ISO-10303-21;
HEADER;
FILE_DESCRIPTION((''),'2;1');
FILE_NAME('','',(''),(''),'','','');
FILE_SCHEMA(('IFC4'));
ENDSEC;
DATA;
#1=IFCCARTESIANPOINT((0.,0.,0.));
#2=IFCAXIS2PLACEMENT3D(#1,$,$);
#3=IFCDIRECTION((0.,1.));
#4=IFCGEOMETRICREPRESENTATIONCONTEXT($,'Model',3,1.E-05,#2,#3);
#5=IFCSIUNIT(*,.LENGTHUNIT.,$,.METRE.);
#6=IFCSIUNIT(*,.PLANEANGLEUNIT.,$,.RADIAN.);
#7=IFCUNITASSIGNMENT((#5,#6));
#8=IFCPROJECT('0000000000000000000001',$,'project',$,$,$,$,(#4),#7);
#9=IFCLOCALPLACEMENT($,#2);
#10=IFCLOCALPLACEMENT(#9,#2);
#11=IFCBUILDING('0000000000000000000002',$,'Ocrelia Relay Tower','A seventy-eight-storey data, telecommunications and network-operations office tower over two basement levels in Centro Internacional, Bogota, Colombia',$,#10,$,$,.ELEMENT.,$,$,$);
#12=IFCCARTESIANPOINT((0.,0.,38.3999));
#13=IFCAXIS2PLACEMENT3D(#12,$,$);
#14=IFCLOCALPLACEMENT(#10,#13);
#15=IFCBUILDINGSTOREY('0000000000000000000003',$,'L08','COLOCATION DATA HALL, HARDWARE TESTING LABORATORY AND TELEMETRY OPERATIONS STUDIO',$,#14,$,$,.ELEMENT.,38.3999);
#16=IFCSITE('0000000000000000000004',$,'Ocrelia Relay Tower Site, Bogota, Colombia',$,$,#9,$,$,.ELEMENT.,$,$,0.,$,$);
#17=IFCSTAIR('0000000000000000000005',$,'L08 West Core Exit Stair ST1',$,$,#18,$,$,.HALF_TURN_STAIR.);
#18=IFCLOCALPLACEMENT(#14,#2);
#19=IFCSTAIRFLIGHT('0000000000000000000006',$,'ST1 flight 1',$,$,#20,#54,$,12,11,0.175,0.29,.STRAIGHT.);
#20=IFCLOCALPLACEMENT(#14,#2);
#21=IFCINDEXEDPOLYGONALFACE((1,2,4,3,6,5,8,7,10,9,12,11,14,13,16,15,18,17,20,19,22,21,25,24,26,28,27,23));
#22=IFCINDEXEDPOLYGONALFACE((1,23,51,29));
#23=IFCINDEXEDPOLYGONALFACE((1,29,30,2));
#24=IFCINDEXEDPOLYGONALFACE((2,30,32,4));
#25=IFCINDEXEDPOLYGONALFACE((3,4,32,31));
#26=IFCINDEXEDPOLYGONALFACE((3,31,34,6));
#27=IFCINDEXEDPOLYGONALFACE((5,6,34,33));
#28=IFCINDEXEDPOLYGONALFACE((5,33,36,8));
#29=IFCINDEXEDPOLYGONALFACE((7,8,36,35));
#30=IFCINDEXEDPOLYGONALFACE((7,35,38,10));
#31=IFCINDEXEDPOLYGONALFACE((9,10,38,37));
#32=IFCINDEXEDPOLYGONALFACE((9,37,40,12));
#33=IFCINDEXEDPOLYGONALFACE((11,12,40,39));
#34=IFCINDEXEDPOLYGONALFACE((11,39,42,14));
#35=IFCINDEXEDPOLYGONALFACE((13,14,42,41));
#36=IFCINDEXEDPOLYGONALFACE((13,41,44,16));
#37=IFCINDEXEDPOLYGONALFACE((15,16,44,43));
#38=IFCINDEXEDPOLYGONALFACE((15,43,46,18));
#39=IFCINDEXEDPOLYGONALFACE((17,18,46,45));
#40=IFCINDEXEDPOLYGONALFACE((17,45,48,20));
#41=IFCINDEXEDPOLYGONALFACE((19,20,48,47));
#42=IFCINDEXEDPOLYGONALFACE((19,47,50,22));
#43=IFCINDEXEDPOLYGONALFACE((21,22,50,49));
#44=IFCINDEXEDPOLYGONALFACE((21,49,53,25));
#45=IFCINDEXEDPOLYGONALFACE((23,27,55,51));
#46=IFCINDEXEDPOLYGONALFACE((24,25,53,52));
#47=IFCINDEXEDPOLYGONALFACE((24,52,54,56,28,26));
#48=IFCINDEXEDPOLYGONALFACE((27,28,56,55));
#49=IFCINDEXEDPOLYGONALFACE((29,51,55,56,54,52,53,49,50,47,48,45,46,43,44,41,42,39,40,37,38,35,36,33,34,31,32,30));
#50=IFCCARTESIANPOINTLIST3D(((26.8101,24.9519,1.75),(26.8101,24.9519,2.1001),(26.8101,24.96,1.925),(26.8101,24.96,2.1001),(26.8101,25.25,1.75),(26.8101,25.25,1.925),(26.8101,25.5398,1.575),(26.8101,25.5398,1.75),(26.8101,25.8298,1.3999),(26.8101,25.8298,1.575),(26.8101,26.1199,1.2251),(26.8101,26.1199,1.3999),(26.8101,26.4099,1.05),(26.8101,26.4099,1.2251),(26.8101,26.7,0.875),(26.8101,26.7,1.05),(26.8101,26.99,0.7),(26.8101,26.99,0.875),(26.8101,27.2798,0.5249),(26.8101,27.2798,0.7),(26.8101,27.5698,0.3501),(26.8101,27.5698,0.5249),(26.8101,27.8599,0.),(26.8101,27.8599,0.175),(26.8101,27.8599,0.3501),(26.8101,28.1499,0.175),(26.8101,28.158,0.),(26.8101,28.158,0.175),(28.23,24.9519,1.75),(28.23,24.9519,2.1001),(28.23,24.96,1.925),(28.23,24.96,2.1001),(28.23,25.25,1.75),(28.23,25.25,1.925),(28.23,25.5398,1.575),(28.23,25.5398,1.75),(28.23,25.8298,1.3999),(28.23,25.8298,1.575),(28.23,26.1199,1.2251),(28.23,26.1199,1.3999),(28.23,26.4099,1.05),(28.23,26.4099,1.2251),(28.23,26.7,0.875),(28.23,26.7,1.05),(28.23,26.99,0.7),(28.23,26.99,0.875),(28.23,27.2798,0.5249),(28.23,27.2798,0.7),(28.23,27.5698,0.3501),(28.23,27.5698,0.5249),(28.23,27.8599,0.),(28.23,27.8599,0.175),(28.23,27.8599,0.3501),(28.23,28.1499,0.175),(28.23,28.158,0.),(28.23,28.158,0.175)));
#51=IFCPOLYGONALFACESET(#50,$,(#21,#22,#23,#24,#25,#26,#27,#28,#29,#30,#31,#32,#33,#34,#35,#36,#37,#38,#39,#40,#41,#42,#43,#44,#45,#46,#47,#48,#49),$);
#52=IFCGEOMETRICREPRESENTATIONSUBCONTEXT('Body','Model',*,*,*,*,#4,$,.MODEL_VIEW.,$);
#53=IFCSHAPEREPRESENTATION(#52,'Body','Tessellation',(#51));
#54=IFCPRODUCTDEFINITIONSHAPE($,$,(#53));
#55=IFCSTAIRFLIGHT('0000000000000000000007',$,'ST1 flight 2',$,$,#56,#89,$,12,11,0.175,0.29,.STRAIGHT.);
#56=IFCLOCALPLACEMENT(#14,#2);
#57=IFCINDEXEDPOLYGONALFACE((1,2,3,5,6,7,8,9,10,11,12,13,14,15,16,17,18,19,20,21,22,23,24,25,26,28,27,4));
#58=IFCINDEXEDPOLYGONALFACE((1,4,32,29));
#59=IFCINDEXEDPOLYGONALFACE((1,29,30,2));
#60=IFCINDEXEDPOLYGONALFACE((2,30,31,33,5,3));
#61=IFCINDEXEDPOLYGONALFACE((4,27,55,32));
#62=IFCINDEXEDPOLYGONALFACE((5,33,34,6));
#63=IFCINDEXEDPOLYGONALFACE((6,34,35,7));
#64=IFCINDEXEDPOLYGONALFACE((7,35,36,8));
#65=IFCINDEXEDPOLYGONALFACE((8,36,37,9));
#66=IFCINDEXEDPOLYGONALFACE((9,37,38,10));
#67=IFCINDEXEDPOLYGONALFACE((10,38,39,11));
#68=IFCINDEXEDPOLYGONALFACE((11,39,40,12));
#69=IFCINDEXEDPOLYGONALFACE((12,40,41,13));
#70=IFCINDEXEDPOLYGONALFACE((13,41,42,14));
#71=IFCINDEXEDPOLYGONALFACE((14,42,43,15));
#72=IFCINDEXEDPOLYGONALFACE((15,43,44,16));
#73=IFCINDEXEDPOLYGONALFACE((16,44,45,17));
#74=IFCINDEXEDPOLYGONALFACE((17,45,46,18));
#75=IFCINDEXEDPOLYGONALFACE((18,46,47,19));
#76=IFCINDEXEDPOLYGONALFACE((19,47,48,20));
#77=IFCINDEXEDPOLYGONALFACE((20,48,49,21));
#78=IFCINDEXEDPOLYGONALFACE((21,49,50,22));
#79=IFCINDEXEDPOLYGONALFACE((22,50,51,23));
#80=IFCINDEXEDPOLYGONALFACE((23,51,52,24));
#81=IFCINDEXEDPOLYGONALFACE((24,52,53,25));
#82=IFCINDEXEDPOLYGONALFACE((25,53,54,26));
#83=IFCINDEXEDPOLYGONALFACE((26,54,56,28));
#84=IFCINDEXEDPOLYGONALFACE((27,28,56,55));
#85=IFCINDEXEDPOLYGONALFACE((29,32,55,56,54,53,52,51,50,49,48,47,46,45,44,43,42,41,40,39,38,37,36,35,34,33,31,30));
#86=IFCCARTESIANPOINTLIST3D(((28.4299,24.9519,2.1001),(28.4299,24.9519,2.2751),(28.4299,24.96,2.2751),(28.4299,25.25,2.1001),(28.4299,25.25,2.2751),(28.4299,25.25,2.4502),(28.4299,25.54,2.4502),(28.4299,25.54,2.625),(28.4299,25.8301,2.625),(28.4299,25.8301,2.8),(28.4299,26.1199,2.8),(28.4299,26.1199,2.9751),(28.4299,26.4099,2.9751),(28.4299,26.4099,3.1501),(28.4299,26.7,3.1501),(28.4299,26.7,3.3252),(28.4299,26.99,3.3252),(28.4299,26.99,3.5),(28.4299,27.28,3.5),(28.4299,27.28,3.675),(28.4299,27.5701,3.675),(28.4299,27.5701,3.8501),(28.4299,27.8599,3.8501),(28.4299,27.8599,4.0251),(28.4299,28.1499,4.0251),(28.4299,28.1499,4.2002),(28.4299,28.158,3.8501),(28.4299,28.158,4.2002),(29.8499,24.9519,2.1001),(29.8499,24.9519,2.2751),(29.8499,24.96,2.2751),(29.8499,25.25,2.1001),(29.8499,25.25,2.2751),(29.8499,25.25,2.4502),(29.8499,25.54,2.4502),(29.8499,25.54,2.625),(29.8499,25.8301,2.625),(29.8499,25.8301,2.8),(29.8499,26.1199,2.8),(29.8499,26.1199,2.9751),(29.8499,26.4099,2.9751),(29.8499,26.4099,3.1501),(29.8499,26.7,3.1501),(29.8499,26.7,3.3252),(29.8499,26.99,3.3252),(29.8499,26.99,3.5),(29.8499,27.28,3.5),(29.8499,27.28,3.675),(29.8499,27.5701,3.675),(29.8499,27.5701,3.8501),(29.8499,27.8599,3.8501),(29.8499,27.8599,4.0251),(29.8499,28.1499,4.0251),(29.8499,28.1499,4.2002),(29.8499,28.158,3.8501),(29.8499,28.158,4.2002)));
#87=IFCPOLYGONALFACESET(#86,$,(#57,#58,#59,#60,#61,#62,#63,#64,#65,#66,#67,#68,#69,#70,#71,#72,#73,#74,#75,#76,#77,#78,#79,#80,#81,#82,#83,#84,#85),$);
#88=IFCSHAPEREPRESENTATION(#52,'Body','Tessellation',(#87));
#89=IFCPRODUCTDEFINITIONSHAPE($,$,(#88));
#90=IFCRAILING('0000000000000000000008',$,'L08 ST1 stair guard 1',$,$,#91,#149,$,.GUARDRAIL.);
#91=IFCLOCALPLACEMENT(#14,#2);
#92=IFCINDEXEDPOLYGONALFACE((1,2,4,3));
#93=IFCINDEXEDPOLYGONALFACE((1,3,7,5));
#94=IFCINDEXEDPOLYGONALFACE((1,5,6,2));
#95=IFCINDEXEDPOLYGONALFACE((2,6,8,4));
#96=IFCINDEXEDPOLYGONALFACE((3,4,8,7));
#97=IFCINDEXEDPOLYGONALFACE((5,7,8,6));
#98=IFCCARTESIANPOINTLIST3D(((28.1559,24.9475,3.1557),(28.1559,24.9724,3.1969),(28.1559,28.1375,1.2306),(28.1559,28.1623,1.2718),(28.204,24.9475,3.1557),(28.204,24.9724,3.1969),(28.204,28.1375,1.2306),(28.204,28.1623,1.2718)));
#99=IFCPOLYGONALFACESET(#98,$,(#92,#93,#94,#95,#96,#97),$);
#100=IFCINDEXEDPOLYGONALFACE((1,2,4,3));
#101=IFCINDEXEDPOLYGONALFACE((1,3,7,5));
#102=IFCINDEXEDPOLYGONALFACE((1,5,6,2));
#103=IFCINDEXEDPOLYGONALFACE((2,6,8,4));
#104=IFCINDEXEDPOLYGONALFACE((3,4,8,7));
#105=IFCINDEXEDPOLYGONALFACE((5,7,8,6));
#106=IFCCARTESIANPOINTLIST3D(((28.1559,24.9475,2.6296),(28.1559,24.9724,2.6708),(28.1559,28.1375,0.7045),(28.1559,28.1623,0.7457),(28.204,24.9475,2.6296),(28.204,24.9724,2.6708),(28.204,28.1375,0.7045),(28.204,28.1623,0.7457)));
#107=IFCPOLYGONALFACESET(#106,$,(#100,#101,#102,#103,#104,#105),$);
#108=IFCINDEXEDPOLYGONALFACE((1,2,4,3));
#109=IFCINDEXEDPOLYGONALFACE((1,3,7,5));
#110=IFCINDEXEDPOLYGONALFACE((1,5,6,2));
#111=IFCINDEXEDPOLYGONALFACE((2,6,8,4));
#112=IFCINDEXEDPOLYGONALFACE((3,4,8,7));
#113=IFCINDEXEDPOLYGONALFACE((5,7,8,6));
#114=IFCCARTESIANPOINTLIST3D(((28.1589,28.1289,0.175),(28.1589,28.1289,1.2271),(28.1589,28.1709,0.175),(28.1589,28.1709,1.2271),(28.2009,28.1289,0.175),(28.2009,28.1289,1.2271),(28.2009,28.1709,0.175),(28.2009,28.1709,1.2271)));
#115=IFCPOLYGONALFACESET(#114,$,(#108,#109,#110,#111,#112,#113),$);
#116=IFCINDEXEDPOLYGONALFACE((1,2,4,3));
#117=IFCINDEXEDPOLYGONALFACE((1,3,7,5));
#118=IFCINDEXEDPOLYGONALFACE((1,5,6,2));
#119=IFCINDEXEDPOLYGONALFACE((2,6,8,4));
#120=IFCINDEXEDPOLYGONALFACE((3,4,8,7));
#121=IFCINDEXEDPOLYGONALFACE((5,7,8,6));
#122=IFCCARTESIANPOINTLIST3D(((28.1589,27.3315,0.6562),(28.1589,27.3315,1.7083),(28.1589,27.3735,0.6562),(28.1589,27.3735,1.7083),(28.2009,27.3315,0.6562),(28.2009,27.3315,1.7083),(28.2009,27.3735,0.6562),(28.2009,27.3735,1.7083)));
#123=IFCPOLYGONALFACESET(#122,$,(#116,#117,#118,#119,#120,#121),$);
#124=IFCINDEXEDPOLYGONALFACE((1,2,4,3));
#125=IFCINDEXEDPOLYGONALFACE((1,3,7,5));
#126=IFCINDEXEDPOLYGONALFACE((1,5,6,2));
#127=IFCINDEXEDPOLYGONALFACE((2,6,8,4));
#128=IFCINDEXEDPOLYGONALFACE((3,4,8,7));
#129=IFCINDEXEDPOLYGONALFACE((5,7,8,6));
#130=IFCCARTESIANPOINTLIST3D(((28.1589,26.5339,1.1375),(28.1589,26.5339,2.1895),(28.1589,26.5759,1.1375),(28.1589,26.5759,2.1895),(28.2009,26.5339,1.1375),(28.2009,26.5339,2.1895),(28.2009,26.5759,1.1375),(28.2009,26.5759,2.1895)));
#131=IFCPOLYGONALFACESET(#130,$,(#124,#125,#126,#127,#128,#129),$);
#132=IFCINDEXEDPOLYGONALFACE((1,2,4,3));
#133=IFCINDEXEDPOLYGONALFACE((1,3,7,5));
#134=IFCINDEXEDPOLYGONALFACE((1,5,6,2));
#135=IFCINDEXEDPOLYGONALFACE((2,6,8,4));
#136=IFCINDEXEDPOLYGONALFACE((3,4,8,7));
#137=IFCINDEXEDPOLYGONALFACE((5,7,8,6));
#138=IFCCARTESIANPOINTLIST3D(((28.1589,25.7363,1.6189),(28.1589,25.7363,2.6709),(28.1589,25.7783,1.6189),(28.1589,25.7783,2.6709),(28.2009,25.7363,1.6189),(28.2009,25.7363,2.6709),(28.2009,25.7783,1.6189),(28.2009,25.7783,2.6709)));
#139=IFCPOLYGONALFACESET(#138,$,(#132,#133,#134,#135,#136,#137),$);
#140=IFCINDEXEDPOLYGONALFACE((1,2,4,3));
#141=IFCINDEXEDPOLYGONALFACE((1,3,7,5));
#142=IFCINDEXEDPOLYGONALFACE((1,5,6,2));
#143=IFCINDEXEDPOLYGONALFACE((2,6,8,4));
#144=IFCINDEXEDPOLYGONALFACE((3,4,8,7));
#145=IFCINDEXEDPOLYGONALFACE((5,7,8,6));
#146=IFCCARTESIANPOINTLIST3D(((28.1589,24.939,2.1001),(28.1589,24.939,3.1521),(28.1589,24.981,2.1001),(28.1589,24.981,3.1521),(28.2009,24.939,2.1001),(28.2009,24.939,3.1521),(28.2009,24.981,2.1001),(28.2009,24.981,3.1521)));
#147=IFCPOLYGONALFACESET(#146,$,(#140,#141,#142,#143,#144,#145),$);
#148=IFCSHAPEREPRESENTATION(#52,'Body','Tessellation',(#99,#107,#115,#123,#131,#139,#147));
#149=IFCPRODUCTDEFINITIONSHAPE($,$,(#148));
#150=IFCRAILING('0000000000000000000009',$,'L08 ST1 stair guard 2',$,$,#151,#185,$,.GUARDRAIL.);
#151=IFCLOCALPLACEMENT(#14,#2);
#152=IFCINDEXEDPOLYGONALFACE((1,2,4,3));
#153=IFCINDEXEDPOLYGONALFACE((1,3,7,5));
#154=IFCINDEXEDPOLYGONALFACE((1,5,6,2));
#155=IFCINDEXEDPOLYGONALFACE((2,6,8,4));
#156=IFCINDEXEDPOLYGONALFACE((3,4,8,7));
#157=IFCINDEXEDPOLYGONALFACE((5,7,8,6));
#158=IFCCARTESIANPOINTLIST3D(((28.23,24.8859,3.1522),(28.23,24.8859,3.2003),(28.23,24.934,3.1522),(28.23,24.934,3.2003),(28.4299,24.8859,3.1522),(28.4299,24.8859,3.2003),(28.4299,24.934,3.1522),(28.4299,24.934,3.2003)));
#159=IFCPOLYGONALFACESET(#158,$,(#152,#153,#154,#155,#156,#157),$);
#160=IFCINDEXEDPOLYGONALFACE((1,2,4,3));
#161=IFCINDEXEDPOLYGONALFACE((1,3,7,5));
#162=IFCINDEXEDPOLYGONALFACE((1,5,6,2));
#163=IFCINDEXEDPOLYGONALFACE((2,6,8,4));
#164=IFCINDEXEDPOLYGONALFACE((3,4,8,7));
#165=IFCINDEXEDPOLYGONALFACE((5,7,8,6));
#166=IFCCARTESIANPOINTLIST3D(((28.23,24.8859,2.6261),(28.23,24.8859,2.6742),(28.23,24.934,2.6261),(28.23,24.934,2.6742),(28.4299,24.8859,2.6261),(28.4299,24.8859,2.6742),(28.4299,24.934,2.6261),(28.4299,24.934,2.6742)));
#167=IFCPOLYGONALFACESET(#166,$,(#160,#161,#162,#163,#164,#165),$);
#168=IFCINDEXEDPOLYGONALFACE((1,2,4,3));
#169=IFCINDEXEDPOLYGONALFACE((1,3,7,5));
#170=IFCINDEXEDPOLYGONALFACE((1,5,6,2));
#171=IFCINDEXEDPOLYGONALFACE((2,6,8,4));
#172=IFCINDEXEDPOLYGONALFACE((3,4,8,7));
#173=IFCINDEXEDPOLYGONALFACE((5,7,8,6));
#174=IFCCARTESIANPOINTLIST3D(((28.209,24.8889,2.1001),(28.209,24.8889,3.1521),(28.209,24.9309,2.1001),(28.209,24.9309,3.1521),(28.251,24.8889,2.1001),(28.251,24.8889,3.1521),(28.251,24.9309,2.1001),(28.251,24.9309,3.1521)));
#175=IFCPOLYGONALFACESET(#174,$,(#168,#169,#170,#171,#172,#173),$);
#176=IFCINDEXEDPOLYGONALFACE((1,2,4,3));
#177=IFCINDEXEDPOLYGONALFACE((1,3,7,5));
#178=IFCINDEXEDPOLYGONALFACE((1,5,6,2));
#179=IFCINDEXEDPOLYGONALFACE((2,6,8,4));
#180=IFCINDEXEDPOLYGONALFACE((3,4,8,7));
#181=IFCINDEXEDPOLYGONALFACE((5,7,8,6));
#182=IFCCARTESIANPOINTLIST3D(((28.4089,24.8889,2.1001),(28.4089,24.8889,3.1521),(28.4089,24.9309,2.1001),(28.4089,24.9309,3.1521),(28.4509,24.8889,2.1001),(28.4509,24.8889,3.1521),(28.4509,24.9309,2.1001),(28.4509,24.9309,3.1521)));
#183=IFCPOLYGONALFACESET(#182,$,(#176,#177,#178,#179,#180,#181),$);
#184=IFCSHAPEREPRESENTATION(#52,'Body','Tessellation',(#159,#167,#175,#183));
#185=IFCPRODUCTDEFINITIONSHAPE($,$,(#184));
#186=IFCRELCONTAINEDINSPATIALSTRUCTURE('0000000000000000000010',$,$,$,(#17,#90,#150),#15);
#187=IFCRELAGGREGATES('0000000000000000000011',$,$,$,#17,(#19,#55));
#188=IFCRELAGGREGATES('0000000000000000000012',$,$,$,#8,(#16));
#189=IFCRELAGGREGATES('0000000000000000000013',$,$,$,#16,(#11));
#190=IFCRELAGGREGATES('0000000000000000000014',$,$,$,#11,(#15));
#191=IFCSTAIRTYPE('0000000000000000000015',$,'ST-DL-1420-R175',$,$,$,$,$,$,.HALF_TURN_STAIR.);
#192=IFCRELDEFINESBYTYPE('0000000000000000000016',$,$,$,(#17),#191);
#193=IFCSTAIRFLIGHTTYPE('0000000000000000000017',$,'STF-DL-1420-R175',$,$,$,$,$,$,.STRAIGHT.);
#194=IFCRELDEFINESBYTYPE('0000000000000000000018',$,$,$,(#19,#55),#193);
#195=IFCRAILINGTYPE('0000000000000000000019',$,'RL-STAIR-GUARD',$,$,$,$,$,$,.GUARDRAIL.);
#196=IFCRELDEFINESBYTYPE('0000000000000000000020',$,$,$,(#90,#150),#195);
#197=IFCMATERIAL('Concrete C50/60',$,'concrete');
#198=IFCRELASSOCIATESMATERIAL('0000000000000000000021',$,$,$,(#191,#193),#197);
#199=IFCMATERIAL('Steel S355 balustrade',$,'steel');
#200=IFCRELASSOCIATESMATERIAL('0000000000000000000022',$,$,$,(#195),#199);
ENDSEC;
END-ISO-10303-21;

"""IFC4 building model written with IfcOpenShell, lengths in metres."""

from ifc_helpers import new_model, si_unit, direction, frame, origin, origin_2d, place, context, subcontext, project, spatial, polyline, rectangle, outline, extrude, material, type_object, element, aggregate, save


model = new_model("IFC4")

# Units and contexts
model_context = context("Model", 3, precision=1e-05, world=origin(), true_north=direction((0.0, 1.0)))
body_context = subcontext(model_context, "Body", "Model", "MODEL_VIEW")
ifc_project = project(units=[si_unit("LENGTHUNIT", "METRE"), si_unit("PLANEANGLEUNIT", "RADIAN")], contexts=[model_context])

# Site, building, storey
site_placement = place(None, origin())
site = spatial("IfcSite", under=ifc_project, at=site_placement, Name="Ocrelia Relay Tower Site, Bogota, Colombia", CompositionType="ELEMENT", RefElevation=0.0)
building_placement = place(site_placement, origin())
building = spatial("IfcBuilding", under=site, at=building_placement, Name="Ocrelia Relay Tower", Description="A seventy-eight-storey data, telecommunications and network-operations office tower over two basement levels in Centro Internacional, Bogota, Colombia", CompositionType="ELEMENT")
storey_placement = place(building_placement, frame((0.0, 0.0, 38.3999)))
storey = spatial("IfcBuildingStorey", under=building, at=storey_placement, Name="L08", Description="COLOCATION DATA HALL, HARDWARE TESTING LABORATORY AND TELEMETRY OPERATIONS STUDIO", CompositionType="ELEMENT", Elevation=38.3999)

# Shared definitions
ifc_material_1 = material(Name="Concrete C50/60", Category="concrete")

# Stair, stair flights
stair_type = type_object("IfcStairType", Name="ST-DL-1420-R175", PredefinedType="HALF_TURN_STAIR", material=ifc_material_1)
stair_placement = place(storey_placement, origin())
stair = element("IfcStair", 1, at=stair_placement, inside=storey, type_object=stair_type, Name="L08 West Core Exit Stair ST1", PredefinedType="HALF_TURN_STAIR")
stair_flight_type = type_object("IfcStairFlightType", Name="STF-DL-1420-R175", PredefinedType="STRAIGHT", material=ifc_material_1)
stair_flight_1_placement = place(storey_placement, frame((27.52, 28.1499, 0.0), z_axis=(0.0, 0.0, 1.0), x_axis=(0.0, -1.0, 0.0)))
stair_flight_1 = element("IfcStairFlight", 2, at=stair_flight_1_placement, type_object=stair_flight_type, Name="ST1 flight 1", NumberOfRisers=12, NumberOfTreads=11, PredefinedType="STRAIGHT", RiserHeight=0.175, TreadLength=0.29, context=body_context, shape_type="SweptSolid", body=[
    extrude(outline(polyline([(-0.0081, 0.0), (-0.0081, 0.175), (0.0, 0.175), (0.29, 0.175), (0.29, 0.3501), (0.5801, 0.3501), (0.5801, 0.5249), (0.8701, 0.5249), (0.8701, 0.7), (1.1599, 0.7), (1.1599, 0.875), (1.45, 0.875), (1.45, 1.05), (1.74, 1.05), (1.74, 1.2251), (2.03, 1.2251), (2.03, 1.3999), (2.3201, 1.3999), (2.3201, 1.575), (2.6101, 1.575), (2.6101, 1.75), (2.8999, 1.75), (2.8999, 1.925), (3.1899, 1.925), (3.1899, 2.1001), (3.198, 2.1001), (3.198, 1.75), (0.29, 0.0), (-0.0081, 0.0)])), frame((0.0, 0.71, 0.0), z_axis=(0.0, -1.0, 0.0), x_axis=(1.0, 0.0, 0.0)), (0.0, 0.0, 1.0), 1.4199),
])
stair_flight_2_placement = place(storey_placement, frame((29.1399, 24.96, 2.1001), z_axis=(0.0, 0.0, 1.0), x_axis=(0.0, 1.0, 0.0)))
stair_flight_2 = element("IfcStairFlight", 3, at=stair_flight_2_placement, type_object=stair_flight_type, Name="ST1 flight 2", NumberOfRisers=12, NumberOfTreads=11, PredefinedType="STRAIGHT", RiserHeight=0.175, TreadLength=0.29, context=body_context, shape_type="SweptSolid", body=[
    extrude(outline(polyline([(-0.0081, 0.0), (-0.0081, 0.175), (0.0, 0.175), (0.29, 0.175), (0.29, 0.3501), (0.5801, 0.3501), (0.5801, 0.5249), (0.8701, 0.5249), (0.8701, 0.7), (1.1599, 0.7), (1.1599, 0.875), (1.45, 0.875), (1.45, 1.05), (1.74, 1.05), (1.74, 1.2251), (2.03, 1.2251), (2.03, 1.3999), (2.3201, 1.3999), (2.3201, 1.575), (2.6101, 1.575), (2.6101, 1.75), (2.8999, 1.75), (2.8999, 1.925), (3.1899, 1.925), (3.1899, 2.1001), (3.198, 2.1001), (3.198, 1.75), (0.29, 0.0), (-0.0081, 0.0)])), frame((0.0, 0.71, 0.0), z_axis=(0.0, -1.0, 0.0), x_axis=(1.0, 0.0, 0.0)), (0.0, 0.0, 1.0), 1.4199),
])
aggregate(stair, [stair_flight_1, stair_flight_2])

# Railings
ifc_material_2 = material(Name="Steel S355 balustrade", Category="steel")
railing_type_1 = type_object("IfcRailingType", Name="RL-STAIR-GUARD", PredefinedType="GUARDRAIL", material=ifc_material_2)
railing_1_placement = place(storey_placement, frame((28.1799, 28.1499, 0.175)))
element("IfcRailing", 4, at=railing_1_placement, inside=storey, type_object=railing_type_1, Name="L08 ST1 stair guard 1", PredefinedType="GUARDRAIL", context=body_context, shape_type="SweptSolid", body=[
    extrude(rectangle(XDim=0.0481, YDim=0.0481, at=origin_2d()), frame((0.0, 0.0, 1.0762), z_axis=(0.0, -0.856178, 0.516682), x_axis=(1.0, 0.0, 0.0)), (0.0, 0.0, 1.0), 3.7258),
    extrude(rectangle(XDim=0.0481, YDim=0.0481, at=origin_2d()), frame((0.0, 0.0, 0.55), z_axis=(0.0, -0.856178, 0.516682), x_axis=(1.0, 0.0, 0.0)), (0.0, 0.0, 1.0), 3.7258),
    extrude(rectangle(XDim=0.042, YDim=0.042, at=origin_2d()), origin(), (0.0, 0.0, 1.0), 1.052),
    extrude(rectangle(XDim=0.042, YDim=0.042, at=origin_2d()), frame((0.0, -0.7974, 0.4812)), (0.0, 0.0, 1.0), 1.052),
    extrude(rectangle(XDim=0.042, YDim=0.042, at=origin_2d()), frame((0.0, -1.595, 0.9624)), (0.0, 0.0, 1.0), 1.052),
    extrude(rectangle(XDim=0.042, YDim=0.042, at=origin_2d()), frame((0.0, -2.3926, 1.4438)), (0.0, 0.0, 1.0), 1.052),
    extrude(rectangle(XDim=0.042, YDim=0.042, at=origin_2d()), frame((0.0, -3.1899, 1.925)), (0.0, 0.0, 1.0), 1.052),
])
railing_2_placement = place(storey_placement, frame((28.23, 24.9099, 2.1001)))
element("IfcRailing", 5, at=railing_2_placement, inside=storey, type_object=railing_type_1, Name="L08 ST1 stair guard 2", PredefinedType="GUARDRAIL", context=body_context, shape_type="SweptSolid", body=[
    extrude(rectangle(XDim=0.0481, YDim=0.0481, at=origin_2d()), frame((0.0, 0.0, 1.0762), z_axis=(1.0, 0.0, 0.0), x_axis=(0.0, 1.0, 0.0)), (0.0, 0.0, 1.0), 0.2),
    extrude(rectangle(XDim=0.0481, YDim=0.0481, at=origin_2d()), frame((0.0, 0.0, 0.55), z_axis=(1.0, 0.0, 0.0), x_axis=(0.0, 1.0, 0.0)), (0.0, 0.0, 1.0), 0.2),
    extrude(rectangle(XDim=0.042, YDim=0.042, at=origin_2d()), origin(), (0.0, 0.0, 1.0), 1.052),
    extrude(rectangle(XDim=0.042, YDim=0.042, at=origin_2d()), frame((0.2, 0.0, 0.0)), (0.0, 0.0, 1.0), 1.052),
])

save(model, "model.ifc")
